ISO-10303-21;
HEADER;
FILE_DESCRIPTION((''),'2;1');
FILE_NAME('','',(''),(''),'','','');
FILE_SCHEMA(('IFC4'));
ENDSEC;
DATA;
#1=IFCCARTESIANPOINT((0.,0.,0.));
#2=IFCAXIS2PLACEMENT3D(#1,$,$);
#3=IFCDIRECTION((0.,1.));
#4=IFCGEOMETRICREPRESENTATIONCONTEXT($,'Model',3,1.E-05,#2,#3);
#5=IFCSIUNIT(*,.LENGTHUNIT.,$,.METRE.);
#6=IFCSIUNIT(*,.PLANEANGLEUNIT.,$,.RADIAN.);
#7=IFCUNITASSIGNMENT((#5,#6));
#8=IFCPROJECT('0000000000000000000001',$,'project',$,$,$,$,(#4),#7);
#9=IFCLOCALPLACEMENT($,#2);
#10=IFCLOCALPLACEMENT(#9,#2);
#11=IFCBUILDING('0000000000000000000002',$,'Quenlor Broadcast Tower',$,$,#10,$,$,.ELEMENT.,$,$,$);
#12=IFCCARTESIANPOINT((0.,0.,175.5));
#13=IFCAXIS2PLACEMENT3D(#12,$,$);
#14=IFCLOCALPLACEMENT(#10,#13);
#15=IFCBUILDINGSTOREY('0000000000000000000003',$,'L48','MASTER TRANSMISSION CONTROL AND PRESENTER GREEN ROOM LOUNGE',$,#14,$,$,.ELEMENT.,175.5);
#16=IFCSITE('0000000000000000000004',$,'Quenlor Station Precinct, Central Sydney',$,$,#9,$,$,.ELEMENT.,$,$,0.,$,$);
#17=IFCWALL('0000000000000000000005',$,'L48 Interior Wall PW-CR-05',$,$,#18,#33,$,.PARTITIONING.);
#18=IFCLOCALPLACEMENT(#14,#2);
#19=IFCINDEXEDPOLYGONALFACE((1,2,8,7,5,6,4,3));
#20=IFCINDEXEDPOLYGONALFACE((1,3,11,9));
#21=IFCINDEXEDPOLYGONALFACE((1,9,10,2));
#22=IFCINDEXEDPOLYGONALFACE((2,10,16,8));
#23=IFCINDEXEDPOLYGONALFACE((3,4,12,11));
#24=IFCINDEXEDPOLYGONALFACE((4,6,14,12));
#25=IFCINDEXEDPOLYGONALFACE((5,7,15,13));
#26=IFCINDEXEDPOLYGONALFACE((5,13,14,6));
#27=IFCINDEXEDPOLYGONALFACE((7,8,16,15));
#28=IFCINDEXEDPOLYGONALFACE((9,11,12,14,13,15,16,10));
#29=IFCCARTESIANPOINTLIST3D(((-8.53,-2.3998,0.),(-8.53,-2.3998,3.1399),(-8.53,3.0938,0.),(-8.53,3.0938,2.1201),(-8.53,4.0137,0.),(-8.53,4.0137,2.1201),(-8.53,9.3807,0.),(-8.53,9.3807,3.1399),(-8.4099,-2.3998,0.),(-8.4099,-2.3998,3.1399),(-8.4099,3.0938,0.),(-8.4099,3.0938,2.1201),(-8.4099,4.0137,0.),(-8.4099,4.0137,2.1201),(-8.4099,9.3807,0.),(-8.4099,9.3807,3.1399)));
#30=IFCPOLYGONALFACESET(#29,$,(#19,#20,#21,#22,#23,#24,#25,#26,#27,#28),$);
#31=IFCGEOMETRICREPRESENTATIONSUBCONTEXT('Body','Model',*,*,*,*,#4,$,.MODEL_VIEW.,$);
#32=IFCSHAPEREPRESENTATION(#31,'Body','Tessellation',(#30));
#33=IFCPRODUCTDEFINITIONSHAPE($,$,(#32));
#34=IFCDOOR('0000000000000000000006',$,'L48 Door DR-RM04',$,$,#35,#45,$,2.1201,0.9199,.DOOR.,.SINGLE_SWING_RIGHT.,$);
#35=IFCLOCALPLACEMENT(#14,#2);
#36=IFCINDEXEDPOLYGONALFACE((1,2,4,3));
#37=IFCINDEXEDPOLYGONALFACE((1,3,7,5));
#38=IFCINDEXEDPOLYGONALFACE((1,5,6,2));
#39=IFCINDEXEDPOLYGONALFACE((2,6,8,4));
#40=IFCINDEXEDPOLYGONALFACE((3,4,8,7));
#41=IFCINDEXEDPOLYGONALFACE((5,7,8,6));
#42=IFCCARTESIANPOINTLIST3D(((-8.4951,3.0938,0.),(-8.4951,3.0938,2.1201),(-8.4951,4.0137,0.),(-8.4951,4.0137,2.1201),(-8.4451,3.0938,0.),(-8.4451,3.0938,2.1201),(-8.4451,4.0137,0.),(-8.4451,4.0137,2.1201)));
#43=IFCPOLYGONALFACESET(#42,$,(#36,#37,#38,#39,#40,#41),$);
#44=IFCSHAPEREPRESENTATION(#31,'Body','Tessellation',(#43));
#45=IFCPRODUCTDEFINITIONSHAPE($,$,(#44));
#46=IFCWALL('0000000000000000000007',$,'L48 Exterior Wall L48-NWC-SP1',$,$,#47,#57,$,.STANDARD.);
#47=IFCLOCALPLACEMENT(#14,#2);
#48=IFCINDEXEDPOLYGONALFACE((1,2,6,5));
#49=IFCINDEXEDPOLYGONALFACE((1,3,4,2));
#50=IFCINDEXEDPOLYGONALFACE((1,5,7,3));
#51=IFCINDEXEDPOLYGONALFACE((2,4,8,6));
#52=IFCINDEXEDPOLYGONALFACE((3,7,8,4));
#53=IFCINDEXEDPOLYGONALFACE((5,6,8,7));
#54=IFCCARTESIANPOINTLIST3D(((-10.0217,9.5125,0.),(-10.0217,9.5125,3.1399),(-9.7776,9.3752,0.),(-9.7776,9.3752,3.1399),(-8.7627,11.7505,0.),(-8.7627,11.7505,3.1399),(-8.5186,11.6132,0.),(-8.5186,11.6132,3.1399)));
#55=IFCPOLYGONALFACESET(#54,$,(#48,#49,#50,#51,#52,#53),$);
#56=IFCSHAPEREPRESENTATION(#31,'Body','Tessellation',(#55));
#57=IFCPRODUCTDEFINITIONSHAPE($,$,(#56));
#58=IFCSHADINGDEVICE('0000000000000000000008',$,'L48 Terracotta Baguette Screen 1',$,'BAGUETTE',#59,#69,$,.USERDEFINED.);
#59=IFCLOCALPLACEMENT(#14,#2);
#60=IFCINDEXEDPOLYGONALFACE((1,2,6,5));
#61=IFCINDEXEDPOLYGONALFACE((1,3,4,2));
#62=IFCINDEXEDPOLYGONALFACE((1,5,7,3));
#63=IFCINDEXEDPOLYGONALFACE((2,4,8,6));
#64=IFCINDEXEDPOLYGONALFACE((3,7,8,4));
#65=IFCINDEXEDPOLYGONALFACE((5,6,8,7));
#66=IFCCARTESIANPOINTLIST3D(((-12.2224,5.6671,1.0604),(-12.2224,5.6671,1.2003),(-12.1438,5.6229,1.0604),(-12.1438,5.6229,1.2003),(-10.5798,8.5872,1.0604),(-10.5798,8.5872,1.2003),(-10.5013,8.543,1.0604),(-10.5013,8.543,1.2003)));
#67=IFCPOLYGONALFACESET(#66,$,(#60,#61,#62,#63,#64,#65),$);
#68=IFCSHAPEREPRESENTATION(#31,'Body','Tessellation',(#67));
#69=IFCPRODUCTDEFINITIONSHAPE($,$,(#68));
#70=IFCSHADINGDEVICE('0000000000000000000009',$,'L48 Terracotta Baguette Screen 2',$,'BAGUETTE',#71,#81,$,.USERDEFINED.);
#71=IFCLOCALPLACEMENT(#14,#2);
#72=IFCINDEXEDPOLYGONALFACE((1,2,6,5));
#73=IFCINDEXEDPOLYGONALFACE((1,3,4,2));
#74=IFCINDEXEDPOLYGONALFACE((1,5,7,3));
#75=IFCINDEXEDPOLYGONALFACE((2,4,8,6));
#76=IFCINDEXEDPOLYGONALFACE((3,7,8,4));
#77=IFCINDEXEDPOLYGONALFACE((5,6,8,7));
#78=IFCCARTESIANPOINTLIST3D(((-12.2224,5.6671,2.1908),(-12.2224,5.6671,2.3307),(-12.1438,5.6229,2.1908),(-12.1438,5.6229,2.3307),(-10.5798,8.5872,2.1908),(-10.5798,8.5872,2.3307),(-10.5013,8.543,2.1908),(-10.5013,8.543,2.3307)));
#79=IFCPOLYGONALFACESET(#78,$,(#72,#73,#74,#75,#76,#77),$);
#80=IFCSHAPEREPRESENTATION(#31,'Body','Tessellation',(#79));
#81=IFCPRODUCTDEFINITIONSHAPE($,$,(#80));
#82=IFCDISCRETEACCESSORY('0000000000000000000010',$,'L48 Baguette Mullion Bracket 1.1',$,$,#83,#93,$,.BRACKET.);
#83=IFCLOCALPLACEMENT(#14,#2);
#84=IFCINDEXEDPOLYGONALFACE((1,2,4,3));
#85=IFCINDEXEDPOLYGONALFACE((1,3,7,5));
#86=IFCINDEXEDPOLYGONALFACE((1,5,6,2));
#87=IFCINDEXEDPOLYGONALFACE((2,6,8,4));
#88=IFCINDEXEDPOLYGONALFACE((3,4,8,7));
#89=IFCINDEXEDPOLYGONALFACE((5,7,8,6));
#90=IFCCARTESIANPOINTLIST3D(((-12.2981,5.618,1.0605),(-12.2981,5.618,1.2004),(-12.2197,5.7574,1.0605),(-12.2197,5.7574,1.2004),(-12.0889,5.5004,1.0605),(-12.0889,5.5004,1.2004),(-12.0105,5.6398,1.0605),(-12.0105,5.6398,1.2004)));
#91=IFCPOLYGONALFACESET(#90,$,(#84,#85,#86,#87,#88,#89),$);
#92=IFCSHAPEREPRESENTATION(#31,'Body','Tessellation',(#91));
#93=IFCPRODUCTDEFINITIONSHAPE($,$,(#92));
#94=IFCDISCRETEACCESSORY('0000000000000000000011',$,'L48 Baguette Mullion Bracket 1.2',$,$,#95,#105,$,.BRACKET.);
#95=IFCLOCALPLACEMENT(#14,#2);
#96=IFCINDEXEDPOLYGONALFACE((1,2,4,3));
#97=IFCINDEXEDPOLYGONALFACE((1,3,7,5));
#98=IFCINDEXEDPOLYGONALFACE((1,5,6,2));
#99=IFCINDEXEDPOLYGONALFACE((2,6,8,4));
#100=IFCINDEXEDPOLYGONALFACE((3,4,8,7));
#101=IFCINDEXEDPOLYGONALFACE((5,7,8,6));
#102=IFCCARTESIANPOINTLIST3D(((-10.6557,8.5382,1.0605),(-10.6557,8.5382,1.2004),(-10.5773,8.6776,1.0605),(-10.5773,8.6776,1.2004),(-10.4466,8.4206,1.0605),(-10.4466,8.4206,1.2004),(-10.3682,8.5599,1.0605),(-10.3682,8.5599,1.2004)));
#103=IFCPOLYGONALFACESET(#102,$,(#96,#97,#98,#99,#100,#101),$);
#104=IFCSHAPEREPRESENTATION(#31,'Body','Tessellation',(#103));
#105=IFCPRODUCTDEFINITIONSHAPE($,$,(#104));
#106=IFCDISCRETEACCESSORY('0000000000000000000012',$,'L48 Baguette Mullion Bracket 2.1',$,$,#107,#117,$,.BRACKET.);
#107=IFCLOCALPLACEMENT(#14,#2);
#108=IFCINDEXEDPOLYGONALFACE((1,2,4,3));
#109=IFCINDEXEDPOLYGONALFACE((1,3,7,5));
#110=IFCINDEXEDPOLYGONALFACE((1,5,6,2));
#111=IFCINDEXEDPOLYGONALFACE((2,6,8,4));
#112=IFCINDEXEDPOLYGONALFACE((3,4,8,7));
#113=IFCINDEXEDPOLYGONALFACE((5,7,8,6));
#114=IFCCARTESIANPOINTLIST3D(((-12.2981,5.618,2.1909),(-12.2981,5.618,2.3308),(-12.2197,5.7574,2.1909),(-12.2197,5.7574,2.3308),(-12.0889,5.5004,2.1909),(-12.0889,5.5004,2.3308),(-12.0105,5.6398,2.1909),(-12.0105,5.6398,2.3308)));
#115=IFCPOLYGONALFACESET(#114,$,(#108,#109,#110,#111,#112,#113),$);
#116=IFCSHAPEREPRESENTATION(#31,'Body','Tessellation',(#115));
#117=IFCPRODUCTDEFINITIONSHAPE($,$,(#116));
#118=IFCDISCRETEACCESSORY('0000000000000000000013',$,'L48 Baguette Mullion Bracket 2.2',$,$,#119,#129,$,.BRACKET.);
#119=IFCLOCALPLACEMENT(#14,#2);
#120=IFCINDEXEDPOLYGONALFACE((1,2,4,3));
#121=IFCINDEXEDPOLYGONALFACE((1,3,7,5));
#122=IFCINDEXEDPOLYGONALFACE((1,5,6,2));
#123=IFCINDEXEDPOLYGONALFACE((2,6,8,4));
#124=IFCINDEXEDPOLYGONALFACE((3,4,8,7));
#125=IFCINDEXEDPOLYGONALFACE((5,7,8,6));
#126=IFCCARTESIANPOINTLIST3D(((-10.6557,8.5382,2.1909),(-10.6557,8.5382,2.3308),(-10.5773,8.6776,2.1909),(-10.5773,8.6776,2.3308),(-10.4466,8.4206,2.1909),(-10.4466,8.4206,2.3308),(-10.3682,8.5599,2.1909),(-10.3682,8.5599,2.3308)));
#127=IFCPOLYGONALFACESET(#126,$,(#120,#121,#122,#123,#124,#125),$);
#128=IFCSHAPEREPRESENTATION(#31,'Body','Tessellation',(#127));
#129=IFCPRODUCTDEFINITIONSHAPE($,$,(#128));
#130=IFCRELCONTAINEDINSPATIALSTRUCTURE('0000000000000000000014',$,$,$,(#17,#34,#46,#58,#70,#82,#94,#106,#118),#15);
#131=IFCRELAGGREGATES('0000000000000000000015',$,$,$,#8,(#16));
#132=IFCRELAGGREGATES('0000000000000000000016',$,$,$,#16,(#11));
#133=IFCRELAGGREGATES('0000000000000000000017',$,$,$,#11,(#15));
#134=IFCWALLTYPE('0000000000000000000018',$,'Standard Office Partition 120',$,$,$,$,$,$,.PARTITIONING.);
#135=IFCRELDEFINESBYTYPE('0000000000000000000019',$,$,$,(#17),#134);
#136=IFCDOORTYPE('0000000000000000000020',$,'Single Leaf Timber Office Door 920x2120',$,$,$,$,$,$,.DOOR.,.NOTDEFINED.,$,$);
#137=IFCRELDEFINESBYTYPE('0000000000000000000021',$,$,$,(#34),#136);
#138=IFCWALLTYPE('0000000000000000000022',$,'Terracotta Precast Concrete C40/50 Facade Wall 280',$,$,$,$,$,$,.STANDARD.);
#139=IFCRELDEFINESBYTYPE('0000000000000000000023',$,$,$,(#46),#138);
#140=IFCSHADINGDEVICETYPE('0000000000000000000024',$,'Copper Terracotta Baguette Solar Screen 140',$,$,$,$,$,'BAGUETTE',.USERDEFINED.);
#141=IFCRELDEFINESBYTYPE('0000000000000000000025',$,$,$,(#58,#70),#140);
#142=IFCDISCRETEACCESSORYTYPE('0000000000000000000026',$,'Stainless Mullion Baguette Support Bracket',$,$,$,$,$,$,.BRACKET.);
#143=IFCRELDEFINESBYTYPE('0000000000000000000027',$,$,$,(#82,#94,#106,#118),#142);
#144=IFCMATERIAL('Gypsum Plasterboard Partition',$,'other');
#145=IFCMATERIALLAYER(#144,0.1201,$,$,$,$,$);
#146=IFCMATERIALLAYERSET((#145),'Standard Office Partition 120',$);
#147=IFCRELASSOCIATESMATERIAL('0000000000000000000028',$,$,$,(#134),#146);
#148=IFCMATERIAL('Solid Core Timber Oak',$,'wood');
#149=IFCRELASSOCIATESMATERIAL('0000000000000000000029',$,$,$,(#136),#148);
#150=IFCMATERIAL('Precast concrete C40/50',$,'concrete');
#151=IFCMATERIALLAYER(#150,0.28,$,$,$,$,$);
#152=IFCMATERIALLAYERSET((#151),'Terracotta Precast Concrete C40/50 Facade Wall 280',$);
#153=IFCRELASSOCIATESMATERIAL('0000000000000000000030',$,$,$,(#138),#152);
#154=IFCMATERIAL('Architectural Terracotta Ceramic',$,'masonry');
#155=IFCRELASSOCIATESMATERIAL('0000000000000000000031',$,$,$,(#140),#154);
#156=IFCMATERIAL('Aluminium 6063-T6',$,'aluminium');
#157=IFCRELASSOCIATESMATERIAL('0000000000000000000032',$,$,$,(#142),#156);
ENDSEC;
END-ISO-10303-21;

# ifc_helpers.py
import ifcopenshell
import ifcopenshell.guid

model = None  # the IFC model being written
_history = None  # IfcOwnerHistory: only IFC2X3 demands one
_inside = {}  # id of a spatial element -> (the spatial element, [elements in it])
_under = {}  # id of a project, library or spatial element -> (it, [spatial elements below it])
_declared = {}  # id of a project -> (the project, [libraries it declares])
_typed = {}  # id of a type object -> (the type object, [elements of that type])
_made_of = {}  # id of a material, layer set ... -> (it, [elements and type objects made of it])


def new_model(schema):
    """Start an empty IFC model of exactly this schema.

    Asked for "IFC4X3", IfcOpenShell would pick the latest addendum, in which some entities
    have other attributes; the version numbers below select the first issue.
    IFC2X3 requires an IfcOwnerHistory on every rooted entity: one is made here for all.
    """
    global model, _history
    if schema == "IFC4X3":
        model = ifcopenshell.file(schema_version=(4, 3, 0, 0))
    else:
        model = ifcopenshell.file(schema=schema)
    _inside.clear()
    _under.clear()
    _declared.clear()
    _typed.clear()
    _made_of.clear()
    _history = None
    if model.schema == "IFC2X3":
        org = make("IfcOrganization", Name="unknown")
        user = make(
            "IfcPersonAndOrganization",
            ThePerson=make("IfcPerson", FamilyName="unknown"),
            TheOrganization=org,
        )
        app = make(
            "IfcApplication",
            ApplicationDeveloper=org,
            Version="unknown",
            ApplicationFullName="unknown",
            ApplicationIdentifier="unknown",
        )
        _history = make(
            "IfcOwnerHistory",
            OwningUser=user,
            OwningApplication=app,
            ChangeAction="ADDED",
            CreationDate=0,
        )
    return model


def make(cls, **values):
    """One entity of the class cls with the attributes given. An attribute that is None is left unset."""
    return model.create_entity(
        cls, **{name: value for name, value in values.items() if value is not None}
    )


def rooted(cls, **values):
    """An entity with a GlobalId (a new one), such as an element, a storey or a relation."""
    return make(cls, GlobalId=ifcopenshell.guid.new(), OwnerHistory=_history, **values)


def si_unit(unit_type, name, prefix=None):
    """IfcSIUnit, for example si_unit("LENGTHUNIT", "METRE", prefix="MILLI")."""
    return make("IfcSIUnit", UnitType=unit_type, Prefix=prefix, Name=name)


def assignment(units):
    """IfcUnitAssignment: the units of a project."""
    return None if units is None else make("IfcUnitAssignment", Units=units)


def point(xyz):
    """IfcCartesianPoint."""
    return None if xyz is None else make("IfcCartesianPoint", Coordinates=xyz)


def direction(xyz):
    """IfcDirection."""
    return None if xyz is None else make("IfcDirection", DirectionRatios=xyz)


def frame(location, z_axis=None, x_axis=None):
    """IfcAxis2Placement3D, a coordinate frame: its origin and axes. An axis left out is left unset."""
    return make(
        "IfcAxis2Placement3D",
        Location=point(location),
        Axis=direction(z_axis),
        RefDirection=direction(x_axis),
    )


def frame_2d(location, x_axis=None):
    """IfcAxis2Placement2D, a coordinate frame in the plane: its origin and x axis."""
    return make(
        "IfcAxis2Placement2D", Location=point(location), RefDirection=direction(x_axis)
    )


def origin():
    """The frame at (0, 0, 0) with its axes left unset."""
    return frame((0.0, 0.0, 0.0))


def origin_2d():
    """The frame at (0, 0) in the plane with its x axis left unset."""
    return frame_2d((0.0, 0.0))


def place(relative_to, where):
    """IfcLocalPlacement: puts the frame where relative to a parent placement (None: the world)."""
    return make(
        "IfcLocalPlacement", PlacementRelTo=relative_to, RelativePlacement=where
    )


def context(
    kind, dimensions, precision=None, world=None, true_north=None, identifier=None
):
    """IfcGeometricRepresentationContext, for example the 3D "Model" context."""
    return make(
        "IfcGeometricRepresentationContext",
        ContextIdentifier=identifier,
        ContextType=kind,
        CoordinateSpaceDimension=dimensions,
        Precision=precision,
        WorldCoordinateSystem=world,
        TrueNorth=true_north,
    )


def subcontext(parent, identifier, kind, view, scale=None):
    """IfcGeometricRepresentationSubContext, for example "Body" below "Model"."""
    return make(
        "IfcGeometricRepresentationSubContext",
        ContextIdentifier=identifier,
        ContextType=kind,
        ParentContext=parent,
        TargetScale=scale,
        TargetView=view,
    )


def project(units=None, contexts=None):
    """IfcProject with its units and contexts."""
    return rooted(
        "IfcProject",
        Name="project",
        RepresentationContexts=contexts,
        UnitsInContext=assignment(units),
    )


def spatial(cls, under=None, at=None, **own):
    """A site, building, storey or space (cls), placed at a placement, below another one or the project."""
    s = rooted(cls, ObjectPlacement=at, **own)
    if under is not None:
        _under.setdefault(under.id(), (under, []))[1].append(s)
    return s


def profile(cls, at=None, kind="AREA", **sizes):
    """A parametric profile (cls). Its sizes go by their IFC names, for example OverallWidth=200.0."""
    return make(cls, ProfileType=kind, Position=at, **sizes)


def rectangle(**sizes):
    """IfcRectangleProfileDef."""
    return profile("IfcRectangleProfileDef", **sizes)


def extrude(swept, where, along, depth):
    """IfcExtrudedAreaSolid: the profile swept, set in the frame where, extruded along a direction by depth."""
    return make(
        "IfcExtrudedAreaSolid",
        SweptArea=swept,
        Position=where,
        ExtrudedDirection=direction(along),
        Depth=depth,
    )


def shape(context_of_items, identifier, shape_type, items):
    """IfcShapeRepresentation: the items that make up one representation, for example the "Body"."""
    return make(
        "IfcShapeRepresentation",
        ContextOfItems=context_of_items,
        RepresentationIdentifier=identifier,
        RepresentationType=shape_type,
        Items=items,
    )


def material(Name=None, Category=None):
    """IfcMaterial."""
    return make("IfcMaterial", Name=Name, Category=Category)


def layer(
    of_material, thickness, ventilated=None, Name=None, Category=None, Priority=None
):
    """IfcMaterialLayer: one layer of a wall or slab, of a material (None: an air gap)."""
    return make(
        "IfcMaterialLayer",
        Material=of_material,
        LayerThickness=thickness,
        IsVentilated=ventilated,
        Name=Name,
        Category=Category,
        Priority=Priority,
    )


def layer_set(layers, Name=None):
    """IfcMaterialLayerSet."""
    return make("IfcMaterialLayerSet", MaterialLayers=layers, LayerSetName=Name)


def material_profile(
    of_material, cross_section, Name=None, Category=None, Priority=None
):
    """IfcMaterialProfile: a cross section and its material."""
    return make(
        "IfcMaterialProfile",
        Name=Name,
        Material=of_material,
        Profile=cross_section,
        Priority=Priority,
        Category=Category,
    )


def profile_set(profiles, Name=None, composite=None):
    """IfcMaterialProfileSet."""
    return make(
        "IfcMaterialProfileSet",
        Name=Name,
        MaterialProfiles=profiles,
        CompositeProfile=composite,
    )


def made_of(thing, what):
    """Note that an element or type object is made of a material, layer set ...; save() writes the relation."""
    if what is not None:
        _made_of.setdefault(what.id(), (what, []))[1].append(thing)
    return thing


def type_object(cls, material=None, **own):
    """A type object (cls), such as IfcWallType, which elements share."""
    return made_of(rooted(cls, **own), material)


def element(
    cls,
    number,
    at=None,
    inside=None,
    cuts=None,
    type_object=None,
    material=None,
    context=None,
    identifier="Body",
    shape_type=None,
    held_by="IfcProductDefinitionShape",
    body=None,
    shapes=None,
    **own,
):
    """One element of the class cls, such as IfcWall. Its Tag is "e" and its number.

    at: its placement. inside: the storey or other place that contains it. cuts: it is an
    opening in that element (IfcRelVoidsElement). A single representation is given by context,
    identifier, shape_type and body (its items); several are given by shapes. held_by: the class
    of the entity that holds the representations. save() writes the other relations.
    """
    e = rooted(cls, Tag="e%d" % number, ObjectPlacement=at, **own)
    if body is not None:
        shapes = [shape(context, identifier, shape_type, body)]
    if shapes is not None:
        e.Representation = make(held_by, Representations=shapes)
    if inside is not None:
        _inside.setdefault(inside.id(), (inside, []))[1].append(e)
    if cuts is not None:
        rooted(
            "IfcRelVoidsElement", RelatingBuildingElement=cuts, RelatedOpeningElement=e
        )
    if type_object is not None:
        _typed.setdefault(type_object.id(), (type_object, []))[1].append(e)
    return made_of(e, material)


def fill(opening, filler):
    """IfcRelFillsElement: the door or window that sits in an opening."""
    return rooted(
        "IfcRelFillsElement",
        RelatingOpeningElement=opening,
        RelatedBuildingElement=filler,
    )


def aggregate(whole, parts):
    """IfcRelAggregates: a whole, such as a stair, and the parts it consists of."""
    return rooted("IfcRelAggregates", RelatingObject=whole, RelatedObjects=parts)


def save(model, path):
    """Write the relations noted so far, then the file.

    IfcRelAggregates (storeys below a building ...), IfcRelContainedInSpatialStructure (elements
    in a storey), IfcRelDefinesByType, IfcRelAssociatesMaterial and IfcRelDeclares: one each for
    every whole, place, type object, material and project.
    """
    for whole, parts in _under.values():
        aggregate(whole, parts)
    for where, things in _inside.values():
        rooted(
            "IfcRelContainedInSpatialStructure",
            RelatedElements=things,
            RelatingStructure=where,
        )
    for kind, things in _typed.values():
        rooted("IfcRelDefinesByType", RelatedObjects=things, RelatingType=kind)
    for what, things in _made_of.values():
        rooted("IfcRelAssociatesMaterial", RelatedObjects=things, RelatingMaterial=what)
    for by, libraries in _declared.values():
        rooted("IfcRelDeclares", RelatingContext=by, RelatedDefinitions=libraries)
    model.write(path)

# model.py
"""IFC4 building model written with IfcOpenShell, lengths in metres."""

from ifc_helpers import new_model, si_unit, direction, frame, frame_2d, origin, origin_2d, place, context, subcontext, project, spatial, rectangle, extrude, material, layer, layer_set, material_profile, profile_set, type_object, element, fill, save


model = new_model("IFC4")

# Units and contexts
model_context = context("Model", 3, precision=1e-05, world=origin(), true_north=direction((0.0, 1.0)))
body_context = subcontext(model_context, "Body", "Model", "MODEL_VIEW")
ifc_project = project(units=[si_unit("LENGTHUNIT", "METRE"), si_unit("PLANEANGLEUNIT", "RADIAN")], contexts=[model_context])

# Site, building, storey
site_placement = place(None, origin())
site = spatial("IfcSite", under=ifc_project, at=site_placement, Name="Quenlor Station Precinct, Central Sydney", CompositionType="ELEMENT", RefElevation=0.0)
building_placement = place(site_placement, origin())
building = spatial("IfcBuilding", under=site, at=building_placement, Name="Quenlor Broadcast Tower", CompositionType="ELEMENT")
storey_placement = place(building_placement, frame((0.0, 0.0, 175.5)))
storey = spatial("IfcBuildingStorey", under=building, at=storey_placement, Name="L48", Description="MASTER TRANSMISSION CONTROL AND PRESENTER GREEN ROOM LOUNGE", CompositionType="ELEMENT", Elevation=175.5)

# Shared definitions
ifc_material_1 = material(Name="Gypsum Plasterboard Partition", Category="other")
ifc_layer_1 = layer(ifc_material_1, 0.1201)
ifc_layer_set_1 = layer_set([ifc_layer_1], Name="Standard Office Partition 120")
wall_type_1 = type_object("IfcWallType", Name="Standard Office Partition 120", PredefinedType="PARTITIONING", material=ifc_layer_set_1)

# Wall, opening, door
wall_1_placement = place(storey_placement, frame((-8.47, 9.3806, 0.0), z_axis=(0.0, 0.0, 1.0), x_axis=(0.0, -1.0, 0.0)))
wall_1 = element("IfcWall", 1, at=wall_1_placement, inside=storey, type_object=wall_type_1, Name="L48 Interior Wall PW-CR-05", PredefinedType="PARTITIONING", context=body_context, shape_type="SweptSolid", body=[
    extrude(rectangle(XDim=11.7805, YDim=0.1201, at=frame_2d((5.8901, 0.0))), origin(), (0.0, 0.0, 1.0), 3.1399),
])
opening_placement = place(wall_1_placement, frame((5.3669, 0.0, 0.0)))
opening = element("IfcOpeningElement", 2, at=opening_placement, cuts=wall_1, PredefinedType="OPENING", context=body_context, shape_type="SweptSolid", body=[
    extrude(rectangle(XDim=0.9199, YDim=2.1201, at=frame_2d((0.46, 1.0601))), frame((0.0, 0.0701, 0.0), z_axis=(0.0, -1.0, 0.0), x_axis=(1.0, 0.0, 0.0)), (0.0, 0.0, 1.0), 0.1401),
])
ifc_material_2 = material(Name="Solid Core Timber Oak", Category="wood")
door_type = type_object("IfcDoorType", Name="Single Leaf Timber Office Door 920x2120", OperationType="NOTDEFINED", PredefinedType="DOOR", material=ifc_material_2)
door_placement = place(opening_placement, origin())
door = element("IfcDoor", 3, at=door_placement, inside=storey, type_object=door_type, Name="L48 Door DR-RM04", OperationType="SINGLE_SWING_RIGHT", OverallHeight=2.1201, OverallWidth=0.9199, PredefinedType="DOOR", context=body_context, shape_type="SweptSolid", body=[
    extrude(rectangle(XDim=0.9199, YDim=2.1201, at=frame_2d((0.46, 1.0601))), frame((0.0, 0.0249, 0.0), z_axis=(0.0, -1.0, 0.0), x_axis=(1.0, 0.0, 0.0)), (0.0, 0.0, 1.0), 0.05),
])
fill(opening, door)

# Wall
ifc_material_3 = material(Name="Precast concrete C40/50", Category="concrete")
ifc_layer_2 = layer(ifc_material_3, 0.28)
ifc_layer_set_2 = layer_set([ifc_layer_2], Name="Terracotta Precast Concrete C40/50 Facade Wall 280")
wall_type_2 = type_object("IfcWallType", Name="Terracotta Precast Concrete C40/50 Facade Wall 280", PredefinedType="STANDARD", material=ifc_layer_set_2)
wall_2_placement = place(storey_placement, frame((-9.8997, 9.4438, 0.0), z_axis=(0.0, 0.0, 1.0), x_axis=(0.490302, 0.871553, 0.0)))
element("IfcWall", 4, at=wall_2_placement, inside=storey, type_object=wall_type_2, Name="L48 Exterior Wall L48-NWC-SP1", PredefinedType="STANDARD", context=body_context, shape_type="SweptSolid", body=[
    extrude(rectangle(XDim=2.5679, YDim=0.28, at=frame_2d((1.2839, 0.0))), origin(), (0.0, 0.0, 1.0), 3.1399),
])

# Shading devices
ifc_material_4 = material(Name="Architectural Terracotta Ceramic", Category="masonry")
ifc_material_profile_1 = material_profile(ifc_material_4, rectangle(XDim=0.0901, YDim=0.1399, at=origin_2d()))
ifc_profile_set_1 = profile_set([ifc_material_profile_1], Name="Architectural Terracotta Ceramic BAG90x140")
shading_device_type = type_object("IfcShadingDeviceType", Name="Copper Terracotta Baguette Solar Screen 140", ElementType="BAGUETTE", PredefinedType="USERDEFINED", material=ifc_profile_set_1)
for number, where, z_axis, x_axis, name in (
    (5, (-12.1831, 5.645, 1.1304), (0.490258, 0.871577, 0.0), (-0.871577, 0.490258, 0.0), "L48 Terracotta Baguette Screen 1"),
    (6, (-12.1831, 5.645, 2.2607), (0.490258, 0.871577, 0.0), (-0.871577, 0.490258, 0.0), "L48 Terracotta Baguette Screen 2"),
):
    element("IfcShadingDevice", number, at=place(storey_placement, frame(where, z_axis=z_axis, x_axis=x_axis)), inside=storey, type_object=shading_device_type, Name=name, ObjectType="BAGUETTE", PredefinedType="USERDEFINED", context=body_context, shape_type="SweptSolid", body=[
        extrude(rectangle(XDim=0.0901, YDim=0.1399, at=origin_2d()), origin(), (0.0, 0.0, 1.0), 3.3503),
    ])

# Discrete accessories
ifc_material_5 = material(Name="Aluminium 6063-T6", Category="aluminium")
discrete_accessory_type = type_object("IfcDiscreteAccessoryType", Name="Stainless Mullion Baguette Support Bracket", PredefinedType="BRACKET", material=ifc_material_5)
for number, where, z_axis, x_axis, name in (
    (7, (-12.1543, 5.6289, 1.0605), (0.0, 0.0, 1.0), (0.490256, 0.871579, 0.0), "L48 Baguette Mullion Bracket 1.1"),
    (8, (-10.512, 8.5491, 1.0605), (0.0, 0.0, 1.0), (0.490256, 0.871579, 0.0), "L48 Baguette Mullion Bracket 1.2"),
    (9, (-12.1543, 5.6289, 2.1909), (0.0, 0.0, 1.0), (0.490256, 0.871579, 0.0), "L48 Baguette Mullion Bracket 2.1"),
    (10, (-10.512, 8.5491, 2.1909), (0.0, 0.0, 1.0), (0.490256, 0.871579, 0.0), "L48 Baguette Mullion Bracket 2.2"),
):
    element("IfcDiscreteAccessory", number, at=place(storey_placement, frame(where, z_axis=z_axis, x_axis=x_axis)), inside=storey, type_object=discrete_accessory_type, Name=name, PredefinedType="BRACKET", context=body_context, shape_type="SweptSolid", body=[
        extrude(rectangle(XDim=0.1599, YDim=0.24, at=origin_2d()), origin(), (0.0, 0.0, 1.0), 0.1399),
    ])

save(model, "model.ifc")
